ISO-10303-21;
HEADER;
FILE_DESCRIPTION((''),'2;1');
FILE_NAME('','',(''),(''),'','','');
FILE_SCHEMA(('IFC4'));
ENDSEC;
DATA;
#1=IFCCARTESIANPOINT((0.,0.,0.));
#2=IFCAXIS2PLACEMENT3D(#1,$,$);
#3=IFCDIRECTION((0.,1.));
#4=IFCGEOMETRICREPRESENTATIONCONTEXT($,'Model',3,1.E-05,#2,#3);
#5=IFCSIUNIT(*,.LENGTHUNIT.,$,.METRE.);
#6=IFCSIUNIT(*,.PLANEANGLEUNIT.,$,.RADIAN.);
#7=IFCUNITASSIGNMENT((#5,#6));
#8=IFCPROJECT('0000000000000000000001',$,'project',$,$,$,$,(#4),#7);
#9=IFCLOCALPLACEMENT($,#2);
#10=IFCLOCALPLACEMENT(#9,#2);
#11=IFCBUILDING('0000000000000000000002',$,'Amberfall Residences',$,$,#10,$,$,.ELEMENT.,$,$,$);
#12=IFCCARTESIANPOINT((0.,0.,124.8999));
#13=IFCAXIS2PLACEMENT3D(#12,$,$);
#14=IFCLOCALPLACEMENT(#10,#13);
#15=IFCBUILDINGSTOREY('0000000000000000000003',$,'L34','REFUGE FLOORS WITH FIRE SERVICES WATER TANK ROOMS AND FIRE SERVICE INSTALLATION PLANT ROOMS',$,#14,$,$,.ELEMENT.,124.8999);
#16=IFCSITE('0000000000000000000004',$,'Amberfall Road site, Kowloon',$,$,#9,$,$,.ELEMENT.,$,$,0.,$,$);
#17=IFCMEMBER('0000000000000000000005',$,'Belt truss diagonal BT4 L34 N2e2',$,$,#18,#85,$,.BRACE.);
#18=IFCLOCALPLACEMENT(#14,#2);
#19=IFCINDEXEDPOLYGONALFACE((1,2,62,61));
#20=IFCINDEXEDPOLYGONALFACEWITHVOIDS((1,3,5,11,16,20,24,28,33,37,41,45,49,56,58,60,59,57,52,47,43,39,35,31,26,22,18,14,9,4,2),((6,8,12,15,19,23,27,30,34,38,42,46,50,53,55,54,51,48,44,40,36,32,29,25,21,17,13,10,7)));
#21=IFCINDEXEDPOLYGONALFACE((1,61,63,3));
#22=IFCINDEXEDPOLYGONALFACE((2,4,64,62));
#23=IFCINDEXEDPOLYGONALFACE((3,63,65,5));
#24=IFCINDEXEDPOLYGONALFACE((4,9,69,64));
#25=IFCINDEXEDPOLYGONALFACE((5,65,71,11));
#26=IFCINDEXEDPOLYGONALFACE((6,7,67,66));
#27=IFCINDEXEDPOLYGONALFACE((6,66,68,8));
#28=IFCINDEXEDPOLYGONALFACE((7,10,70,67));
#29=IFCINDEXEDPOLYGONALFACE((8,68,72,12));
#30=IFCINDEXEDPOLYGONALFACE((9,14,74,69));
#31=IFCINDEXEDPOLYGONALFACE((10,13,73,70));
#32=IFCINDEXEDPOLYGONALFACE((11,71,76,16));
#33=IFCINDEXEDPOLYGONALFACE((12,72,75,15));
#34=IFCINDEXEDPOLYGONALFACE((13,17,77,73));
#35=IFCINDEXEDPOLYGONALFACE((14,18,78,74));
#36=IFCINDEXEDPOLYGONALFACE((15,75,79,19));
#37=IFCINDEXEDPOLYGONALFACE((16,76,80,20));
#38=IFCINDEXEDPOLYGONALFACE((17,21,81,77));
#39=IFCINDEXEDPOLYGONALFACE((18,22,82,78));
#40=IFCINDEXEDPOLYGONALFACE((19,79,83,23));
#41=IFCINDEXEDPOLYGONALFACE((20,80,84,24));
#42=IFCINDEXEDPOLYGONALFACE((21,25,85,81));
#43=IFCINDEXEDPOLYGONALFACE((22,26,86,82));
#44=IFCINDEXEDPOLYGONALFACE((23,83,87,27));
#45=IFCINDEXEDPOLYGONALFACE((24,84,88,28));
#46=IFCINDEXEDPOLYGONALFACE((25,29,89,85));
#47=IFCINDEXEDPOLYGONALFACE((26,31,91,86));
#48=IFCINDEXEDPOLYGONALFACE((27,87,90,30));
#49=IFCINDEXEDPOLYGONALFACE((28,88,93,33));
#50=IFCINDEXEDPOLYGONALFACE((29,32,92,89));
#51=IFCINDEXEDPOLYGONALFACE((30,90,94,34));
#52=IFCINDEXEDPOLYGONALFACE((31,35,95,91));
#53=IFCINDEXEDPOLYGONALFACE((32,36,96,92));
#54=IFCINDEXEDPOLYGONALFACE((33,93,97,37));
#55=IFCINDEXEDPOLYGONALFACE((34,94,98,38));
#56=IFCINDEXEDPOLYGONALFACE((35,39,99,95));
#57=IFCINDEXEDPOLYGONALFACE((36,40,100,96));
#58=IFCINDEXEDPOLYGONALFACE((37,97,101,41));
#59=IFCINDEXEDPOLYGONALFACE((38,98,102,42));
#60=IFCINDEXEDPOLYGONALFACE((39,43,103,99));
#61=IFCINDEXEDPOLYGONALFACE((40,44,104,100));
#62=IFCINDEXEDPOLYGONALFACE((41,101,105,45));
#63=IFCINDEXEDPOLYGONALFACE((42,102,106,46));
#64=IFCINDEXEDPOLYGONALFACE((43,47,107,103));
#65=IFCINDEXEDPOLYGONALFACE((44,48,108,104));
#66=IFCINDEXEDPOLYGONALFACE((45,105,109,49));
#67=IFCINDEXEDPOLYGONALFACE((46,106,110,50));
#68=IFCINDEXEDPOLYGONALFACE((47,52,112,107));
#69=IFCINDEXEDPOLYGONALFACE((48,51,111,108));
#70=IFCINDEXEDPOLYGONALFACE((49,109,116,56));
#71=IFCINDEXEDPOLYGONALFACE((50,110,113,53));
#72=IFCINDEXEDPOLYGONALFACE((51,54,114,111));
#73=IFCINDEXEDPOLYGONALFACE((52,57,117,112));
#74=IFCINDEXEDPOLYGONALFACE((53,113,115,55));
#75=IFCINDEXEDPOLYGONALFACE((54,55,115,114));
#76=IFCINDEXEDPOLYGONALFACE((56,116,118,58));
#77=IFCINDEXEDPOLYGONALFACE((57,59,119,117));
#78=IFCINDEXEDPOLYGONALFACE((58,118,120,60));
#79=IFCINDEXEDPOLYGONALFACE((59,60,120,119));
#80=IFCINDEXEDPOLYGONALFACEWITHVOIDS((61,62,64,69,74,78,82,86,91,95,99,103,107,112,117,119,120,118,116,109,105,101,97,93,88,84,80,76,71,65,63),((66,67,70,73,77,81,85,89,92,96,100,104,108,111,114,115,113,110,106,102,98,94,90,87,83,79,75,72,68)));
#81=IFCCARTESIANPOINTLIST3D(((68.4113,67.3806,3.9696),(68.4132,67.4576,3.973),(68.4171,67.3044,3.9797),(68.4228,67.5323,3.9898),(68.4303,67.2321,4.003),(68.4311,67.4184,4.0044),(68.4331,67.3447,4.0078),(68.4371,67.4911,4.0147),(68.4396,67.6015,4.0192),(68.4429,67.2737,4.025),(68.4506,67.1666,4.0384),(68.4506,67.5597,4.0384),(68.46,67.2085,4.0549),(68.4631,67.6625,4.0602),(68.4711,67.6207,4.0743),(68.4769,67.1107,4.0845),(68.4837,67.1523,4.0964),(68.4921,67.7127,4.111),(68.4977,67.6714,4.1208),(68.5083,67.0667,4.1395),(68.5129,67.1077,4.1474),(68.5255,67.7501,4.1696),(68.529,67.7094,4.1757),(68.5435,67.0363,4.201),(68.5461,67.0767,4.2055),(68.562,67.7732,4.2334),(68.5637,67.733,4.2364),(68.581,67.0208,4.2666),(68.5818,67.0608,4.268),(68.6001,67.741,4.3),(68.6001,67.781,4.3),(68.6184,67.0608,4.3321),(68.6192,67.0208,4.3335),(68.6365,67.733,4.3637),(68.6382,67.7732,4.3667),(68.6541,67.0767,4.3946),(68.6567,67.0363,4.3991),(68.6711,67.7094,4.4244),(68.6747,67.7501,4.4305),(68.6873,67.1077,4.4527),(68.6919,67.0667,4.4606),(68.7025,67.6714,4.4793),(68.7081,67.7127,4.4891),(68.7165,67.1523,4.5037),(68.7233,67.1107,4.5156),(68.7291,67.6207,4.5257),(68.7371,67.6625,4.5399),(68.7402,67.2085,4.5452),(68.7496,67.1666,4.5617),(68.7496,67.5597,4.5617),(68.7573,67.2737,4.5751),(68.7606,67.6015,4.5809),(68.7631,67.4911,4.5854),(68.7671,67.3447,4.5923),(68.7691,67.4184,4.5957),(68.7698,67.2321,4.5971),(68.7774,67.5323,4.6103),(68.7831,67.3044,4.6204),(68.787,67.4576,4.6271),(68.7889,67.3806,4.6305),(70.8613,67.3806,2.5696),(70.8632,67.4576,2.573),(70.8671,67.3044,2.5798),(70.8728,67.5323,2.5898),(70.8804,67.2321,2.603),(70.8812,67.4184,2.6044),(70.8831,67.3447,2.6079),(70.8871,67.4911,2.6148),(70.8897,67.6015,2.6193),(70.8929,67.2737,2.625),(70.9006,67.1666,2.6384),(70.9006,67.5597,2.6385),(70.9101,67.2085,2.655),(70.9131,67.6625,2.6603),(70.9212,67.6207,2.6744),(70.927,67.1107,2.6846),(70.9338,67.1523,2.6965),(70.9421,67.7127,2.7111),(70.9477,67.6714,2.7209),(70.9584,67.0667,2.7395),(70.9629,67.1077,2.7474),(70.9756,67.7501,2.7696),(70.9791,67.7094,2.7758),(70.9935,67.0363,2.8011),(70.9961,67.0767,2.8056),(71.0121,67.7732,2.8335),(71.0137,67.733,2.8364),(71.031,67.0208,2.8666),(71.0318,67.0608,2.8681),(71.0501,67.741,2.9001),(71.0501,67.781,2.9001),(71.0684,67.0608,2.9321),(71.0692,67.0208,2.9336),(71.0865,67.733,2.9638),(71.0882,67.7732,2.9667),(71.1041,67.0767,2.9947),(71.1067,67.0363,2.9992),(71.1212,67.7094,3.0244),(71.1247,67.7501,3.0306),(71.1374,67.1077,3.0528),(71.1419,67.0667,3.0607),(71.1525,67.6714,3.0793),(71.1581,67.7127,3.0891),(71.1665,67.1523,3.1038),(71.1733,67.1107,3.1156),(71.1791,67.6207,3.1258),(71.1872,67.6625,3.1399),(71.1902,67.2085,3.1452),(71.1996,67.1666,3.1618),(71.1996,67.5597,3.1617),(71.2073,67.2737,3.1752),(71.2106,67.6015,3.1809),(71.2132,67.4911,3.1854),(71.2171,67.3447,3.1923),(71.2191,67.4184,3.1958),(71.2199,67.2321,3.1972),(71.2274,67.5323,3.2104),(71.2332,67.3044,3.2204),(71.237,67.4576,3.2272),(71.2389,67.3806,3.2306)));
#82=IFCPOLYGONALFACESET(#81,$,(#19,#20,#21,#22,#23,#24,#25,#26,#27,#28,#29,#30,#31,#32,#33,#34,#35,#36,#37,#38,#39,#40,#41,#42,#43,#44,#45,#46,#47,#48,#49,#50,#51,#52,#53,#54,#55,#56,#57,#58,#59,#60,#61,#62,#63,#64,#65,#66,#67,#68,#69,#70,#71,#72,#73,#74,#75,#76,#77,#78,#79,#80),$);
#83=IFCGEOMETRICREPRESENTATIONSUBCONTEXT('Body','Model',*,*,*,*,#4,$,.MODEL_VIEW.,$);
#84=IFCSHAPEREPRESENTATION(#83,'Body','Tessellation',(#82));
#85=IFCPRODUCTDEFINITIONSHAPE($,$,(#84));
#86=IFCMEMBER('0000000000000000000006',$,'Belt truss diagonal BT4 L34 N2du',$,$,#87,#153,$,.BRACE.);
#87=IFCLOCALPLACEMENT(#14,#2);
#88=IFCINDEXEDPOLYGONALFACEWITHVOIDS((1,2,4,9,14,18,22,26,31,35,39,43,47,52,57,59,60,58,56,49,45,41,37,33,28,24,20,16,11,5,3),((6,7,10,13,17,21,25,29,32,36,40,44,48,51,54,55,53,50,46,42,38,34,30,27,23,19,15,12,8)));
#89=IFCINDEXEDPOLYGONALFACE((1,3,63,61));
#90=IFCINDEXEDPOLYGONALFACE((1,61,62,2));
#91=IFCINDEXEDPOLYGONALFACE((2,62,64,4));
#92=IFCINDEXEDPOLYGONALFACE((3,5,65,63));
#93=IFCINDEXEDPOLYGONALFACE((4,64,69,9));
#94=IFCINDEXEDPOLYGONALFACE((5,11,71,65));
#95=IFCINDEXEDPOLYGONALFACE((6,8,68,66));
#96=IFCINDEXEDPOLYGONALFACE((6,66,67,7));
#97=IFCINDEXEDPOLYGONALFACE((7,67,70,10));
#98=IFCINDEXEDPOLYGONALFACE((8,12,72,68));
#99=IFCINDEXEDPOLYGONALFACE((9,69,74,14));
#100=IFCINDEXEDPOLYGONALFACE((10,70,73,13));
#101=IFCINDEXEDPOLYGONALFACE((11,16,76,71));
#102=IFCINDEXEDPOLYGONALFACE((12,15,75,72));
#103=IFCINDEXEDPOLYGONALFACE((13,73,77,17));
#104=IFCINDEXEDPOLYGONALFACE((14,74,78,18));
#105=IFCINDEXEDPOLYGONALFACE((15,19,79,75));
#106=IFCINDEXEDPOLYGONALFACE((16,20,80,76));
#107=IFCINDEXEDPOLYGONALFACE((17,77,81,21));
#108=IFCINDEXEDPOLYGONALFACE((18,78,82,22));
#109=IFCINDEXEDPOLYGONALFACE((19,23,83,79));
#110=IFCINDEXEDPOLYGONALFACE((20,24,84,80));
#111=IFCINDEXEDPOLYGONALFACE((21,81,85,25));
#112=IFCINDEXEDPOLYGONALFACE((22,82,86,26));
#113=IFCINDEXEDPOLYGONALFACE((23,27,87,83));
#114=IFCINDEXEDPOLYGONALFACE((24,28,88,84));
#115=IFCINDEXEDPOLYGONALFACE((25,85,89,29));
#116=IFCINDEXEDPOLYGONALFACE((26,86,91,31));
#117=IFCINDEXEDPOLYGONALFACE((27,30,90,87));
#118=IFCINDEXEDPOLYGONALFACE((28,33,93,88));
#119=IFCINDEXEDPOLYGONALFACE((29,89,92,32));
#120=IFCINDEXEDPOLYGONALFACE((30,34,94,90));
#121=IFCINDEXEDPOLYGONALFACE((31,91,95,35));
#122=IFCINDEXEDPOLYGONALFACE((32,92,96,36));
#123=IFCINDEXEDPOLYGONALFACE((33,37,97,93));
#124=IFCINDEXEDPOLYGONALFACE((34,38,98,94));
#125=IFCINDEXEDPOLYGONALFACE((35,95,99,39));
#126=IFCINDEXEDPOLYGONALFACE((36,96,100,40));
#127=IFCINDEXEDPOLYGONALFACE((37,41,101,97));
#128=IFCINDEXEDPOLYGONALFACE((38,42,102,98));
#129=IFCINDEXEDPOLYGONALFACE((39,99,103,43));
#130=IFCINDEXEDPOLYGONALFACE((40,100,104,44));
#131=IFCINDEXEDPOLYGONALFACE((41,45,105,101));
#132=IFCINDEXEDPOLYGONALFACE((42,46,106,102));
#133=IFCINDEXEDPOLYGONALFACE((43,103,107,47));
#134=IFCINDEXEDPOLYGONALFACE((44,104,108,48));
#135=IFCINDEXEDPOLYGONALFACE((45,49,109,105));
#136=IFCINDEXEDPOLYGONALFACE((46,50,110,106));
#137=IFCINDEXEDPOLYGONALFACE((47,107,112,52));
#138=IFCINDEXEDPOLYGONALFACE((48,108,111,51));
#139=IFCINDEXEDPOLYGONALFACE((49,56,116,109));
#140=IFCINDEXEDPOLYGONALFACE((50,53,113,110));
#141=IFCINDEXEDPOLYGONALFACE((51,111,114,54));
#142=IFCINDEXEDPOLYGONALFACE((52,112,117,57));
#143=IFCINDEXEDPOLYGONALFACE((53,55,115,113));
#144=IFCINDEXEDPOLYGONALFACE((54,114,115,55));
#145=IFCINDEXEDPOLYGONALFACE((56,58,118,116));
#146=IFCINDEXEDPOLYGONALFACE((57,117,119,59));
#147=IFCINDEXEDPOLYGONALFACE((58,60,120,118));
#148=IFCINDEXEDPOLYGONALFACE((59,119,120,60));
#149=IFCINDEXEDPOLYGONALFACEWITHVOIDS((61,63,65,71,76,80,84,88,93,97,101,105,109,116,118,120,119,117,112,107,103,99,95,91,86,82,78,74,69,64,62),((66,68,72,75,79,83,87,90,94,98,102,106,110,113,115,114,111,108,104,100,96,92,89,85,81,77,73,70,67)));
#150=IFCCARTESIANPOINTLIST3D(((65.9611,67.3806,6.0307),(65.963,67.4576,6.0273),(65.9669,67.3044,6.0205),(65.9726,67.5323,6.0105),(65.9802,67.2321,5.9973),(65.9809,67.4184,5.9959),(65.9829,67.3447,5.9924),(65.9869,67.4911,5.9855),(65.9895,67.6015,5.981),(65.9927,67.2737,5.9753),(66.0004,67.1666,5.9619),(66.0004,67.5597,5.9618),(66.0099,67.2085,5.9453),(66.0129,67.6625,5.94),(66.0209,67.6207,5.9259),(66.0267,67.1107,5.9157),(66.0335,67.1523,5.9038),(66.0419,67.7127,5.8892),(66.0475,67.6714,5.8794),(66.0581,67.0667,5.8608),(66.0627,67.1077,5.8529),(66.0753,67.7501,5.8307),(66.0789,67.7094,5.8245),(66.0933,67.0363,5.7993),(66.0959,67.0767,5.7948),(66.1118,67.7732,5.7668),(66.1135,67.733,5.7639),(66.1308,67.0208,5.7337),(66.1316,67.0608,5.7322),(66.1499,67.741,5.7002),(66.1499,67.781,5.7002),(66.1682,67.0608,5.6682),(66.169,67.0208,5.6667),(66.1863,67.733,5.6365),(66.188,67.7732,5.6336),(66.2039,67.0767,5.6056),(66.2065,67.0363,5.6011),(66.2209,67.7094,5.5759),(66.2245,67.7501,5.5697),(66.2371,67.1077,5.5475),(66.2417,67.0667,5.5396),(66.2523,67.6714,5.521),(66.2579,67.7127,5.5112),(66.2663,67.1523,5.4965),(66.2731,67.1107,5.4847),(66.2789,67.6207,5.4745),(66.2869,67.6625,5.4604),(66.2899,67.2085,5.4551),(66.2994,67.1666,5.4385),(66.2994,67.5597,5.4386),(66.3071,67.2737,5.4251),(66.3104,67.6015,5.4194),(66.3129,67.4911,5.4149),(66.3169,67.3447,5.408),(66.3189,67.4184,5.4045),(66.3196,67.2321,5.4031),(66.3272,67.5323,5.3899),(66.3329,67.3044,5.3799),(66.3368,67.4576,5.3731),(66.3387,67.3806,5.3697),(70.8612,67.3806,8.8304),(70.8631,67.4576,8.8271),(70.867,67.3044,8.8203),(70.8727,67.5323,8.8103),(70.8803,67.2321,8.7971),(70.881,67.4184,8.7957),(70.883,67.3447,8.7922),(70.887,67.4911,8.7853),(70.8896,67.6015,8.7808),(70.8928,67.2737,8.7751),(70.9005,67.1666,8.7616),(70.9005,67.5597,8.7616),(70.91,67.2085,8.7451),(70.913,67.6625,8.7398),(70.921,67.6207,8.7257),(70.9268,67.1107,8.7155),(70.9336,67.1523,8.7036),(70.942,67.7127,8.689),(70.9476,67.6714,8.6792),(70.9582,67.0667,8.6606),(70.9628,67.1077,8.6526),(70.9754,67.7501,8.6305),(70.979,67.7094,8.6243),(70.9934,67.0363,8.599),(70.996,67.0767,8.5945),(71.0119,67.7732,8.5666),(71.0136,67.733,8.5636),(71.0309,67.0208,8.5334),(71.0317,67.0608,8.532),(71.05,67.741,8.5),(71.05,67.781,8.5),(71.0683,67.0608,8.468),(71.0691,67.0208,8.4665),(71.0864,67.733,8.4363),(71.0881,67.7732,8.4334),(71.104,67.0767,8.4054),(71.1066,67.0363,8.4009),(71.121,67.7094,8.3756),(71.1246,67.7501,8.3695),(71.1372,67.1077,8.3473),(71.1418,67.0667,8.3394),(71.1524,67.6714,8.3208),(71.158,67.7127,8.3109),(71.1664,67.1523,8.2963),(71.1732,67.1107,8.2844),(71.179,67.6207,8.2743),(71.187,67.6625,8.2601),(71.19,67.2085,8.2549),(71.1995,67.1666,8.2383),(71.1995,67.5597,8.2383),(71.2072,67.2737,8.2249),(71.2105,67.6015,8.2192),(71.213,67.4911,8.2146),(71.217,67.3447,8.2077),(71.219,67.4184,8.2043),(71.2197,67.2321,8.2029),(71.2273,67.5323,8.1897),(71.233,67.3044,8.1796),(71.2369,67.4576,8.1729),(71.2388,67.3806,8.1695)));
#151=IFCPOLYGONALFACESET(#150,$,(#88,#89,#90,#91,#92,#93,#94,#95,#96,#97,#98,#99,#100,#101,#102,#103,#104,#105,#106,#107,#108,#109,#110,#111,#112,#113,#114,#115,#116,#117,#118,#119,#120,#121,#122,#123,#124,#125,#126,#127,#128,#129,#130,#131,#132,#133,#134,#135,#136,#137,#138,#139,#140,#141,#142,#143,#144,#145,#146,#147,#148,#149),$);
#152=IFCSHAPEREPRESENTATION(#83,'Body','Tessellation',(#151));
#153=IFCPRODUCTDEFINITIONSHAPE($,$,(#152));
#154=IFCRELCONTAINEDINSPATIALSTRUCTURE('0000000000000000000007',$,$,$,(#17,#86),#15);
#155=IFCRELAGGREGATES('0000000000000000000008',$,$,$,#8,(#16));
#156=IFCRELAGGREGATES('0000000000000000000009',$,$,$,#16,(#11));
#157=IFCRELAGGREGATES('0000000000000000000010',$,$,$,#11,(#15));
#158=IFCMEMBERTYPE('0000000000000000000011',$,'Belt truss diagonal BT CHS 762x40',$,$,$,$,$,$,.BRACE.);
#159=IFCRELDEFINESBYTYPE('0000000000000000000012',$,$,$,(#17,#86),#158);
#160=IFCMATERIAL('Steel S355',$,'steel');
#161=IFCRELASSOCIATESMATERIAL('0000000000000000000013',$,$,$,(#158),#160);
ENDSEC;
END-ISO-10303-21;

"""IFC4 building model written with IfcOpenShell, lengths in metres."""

from ifc_helpers import new_model, si_unit, direction, frame, origin, origin_2d, place, context, subcontext, project, spatial, hollow_circle, extrude, material, material_profile, profile_set, type_object, element, save


model = new_model("IFC4")

# Units and contexts
model_context = context("Model", 3, precision=1e-05, world=origin(), true_north=direction((0.0, 1.0)))
body_context = subcontext(model_context, "Body", "Model", "MODEL_VIEW")
ifc_project = project(units=[si_unit("LENGTHUNIT", "METRE"), si_unit("PLANEANGLEUNIT", "RADIAN")], contexts=[model_context])

# Site, building, storey
site_placement = place(None, origin())
site = spatial("IfcSite", under=ifc_project, at=site_placement, Name="Amberfall Road site, Kowloon", CompositionType="ELEMENT", RefElevation=0.0)
building_placement = place(site_placement, origin())
building = spatial("IfcBuilding", under=site, at=building_placement, Name="Amberfall Residences", CompositionType="ELEMENT")
storey_placement = place(building_placement, frame((0.0, 0.0, 124.8999)))
storey = spatial("IfcBuildingStorey", under=building, at=storey_placement, Name="L34", Description="REFUGE FLOORS WITH FIRE SERVICES WATER TANK ROOMS AND FIRE SERVICE INSTALLATION PLANT ROOMS", CompositionType="ELEMENT", Elevation=124.8999)

# Shared definitions
ifc_material_1 = material(Name="Steel S355", Category="steel")

# Members
ifc_material_profile_1 = material_profile(ifc_material_1, hollow_circle(Radius=0.3811, WallThickness=0.04, at=origin_2d()), Name="CHS 762x40")
ifc_profile_set_1 = profile_set([ifc_material_profile_1], Name="Steel S355")
member_type = type_object("IfcMemberType", Name="Belt truss diagonal BT CHS 762x40", PredefinedType="BRACE", material=ifc_profile_set_1)
member_1_placement = place(storey_placement, frame((68.6001, 67.3999, 4.3), z_axis=(0.868254, 0.0, -0.49612), x_axis=(0.0, 1.0, 0.0)))
element("IfcMember", 1, at=member_1_placement, inside=storey, type_object=member_type, Name="Belt truss diagonal BT4 L34 N2e2", PredefinedType="BRACE", context=body_context, shape_type="SweptSolid", body=[
    extrude(hollow_circle(Radius=0.3811, WallThickness=0.04, at=origin_2d()), origin(), (0.0, 0.0, 1.0), 2.8218),
])
member_2_placement = place(storey_placement, frame((66.1499, 67.3999, 5.7002), z_axis=(0.868264, 0.0, 0.496102), x_axis=(0.0, 1.0, 0.0)))
element("IfcMember", 2, at=member_2_placement, inside=storey, type_object=member_type, Name="Belt truss diagonal BT4 L34 N2du", PredefinedType="BRACE", context=body_context, shape_type="SweptSolid", body=[
    extrude(hollow_circle(Radius=0.3811, WallThickness=0.04, at=origin_2d()), origin(), (0.0, 0.0, 1.0), 5.6436),
])

save(model, "model.ifc")
